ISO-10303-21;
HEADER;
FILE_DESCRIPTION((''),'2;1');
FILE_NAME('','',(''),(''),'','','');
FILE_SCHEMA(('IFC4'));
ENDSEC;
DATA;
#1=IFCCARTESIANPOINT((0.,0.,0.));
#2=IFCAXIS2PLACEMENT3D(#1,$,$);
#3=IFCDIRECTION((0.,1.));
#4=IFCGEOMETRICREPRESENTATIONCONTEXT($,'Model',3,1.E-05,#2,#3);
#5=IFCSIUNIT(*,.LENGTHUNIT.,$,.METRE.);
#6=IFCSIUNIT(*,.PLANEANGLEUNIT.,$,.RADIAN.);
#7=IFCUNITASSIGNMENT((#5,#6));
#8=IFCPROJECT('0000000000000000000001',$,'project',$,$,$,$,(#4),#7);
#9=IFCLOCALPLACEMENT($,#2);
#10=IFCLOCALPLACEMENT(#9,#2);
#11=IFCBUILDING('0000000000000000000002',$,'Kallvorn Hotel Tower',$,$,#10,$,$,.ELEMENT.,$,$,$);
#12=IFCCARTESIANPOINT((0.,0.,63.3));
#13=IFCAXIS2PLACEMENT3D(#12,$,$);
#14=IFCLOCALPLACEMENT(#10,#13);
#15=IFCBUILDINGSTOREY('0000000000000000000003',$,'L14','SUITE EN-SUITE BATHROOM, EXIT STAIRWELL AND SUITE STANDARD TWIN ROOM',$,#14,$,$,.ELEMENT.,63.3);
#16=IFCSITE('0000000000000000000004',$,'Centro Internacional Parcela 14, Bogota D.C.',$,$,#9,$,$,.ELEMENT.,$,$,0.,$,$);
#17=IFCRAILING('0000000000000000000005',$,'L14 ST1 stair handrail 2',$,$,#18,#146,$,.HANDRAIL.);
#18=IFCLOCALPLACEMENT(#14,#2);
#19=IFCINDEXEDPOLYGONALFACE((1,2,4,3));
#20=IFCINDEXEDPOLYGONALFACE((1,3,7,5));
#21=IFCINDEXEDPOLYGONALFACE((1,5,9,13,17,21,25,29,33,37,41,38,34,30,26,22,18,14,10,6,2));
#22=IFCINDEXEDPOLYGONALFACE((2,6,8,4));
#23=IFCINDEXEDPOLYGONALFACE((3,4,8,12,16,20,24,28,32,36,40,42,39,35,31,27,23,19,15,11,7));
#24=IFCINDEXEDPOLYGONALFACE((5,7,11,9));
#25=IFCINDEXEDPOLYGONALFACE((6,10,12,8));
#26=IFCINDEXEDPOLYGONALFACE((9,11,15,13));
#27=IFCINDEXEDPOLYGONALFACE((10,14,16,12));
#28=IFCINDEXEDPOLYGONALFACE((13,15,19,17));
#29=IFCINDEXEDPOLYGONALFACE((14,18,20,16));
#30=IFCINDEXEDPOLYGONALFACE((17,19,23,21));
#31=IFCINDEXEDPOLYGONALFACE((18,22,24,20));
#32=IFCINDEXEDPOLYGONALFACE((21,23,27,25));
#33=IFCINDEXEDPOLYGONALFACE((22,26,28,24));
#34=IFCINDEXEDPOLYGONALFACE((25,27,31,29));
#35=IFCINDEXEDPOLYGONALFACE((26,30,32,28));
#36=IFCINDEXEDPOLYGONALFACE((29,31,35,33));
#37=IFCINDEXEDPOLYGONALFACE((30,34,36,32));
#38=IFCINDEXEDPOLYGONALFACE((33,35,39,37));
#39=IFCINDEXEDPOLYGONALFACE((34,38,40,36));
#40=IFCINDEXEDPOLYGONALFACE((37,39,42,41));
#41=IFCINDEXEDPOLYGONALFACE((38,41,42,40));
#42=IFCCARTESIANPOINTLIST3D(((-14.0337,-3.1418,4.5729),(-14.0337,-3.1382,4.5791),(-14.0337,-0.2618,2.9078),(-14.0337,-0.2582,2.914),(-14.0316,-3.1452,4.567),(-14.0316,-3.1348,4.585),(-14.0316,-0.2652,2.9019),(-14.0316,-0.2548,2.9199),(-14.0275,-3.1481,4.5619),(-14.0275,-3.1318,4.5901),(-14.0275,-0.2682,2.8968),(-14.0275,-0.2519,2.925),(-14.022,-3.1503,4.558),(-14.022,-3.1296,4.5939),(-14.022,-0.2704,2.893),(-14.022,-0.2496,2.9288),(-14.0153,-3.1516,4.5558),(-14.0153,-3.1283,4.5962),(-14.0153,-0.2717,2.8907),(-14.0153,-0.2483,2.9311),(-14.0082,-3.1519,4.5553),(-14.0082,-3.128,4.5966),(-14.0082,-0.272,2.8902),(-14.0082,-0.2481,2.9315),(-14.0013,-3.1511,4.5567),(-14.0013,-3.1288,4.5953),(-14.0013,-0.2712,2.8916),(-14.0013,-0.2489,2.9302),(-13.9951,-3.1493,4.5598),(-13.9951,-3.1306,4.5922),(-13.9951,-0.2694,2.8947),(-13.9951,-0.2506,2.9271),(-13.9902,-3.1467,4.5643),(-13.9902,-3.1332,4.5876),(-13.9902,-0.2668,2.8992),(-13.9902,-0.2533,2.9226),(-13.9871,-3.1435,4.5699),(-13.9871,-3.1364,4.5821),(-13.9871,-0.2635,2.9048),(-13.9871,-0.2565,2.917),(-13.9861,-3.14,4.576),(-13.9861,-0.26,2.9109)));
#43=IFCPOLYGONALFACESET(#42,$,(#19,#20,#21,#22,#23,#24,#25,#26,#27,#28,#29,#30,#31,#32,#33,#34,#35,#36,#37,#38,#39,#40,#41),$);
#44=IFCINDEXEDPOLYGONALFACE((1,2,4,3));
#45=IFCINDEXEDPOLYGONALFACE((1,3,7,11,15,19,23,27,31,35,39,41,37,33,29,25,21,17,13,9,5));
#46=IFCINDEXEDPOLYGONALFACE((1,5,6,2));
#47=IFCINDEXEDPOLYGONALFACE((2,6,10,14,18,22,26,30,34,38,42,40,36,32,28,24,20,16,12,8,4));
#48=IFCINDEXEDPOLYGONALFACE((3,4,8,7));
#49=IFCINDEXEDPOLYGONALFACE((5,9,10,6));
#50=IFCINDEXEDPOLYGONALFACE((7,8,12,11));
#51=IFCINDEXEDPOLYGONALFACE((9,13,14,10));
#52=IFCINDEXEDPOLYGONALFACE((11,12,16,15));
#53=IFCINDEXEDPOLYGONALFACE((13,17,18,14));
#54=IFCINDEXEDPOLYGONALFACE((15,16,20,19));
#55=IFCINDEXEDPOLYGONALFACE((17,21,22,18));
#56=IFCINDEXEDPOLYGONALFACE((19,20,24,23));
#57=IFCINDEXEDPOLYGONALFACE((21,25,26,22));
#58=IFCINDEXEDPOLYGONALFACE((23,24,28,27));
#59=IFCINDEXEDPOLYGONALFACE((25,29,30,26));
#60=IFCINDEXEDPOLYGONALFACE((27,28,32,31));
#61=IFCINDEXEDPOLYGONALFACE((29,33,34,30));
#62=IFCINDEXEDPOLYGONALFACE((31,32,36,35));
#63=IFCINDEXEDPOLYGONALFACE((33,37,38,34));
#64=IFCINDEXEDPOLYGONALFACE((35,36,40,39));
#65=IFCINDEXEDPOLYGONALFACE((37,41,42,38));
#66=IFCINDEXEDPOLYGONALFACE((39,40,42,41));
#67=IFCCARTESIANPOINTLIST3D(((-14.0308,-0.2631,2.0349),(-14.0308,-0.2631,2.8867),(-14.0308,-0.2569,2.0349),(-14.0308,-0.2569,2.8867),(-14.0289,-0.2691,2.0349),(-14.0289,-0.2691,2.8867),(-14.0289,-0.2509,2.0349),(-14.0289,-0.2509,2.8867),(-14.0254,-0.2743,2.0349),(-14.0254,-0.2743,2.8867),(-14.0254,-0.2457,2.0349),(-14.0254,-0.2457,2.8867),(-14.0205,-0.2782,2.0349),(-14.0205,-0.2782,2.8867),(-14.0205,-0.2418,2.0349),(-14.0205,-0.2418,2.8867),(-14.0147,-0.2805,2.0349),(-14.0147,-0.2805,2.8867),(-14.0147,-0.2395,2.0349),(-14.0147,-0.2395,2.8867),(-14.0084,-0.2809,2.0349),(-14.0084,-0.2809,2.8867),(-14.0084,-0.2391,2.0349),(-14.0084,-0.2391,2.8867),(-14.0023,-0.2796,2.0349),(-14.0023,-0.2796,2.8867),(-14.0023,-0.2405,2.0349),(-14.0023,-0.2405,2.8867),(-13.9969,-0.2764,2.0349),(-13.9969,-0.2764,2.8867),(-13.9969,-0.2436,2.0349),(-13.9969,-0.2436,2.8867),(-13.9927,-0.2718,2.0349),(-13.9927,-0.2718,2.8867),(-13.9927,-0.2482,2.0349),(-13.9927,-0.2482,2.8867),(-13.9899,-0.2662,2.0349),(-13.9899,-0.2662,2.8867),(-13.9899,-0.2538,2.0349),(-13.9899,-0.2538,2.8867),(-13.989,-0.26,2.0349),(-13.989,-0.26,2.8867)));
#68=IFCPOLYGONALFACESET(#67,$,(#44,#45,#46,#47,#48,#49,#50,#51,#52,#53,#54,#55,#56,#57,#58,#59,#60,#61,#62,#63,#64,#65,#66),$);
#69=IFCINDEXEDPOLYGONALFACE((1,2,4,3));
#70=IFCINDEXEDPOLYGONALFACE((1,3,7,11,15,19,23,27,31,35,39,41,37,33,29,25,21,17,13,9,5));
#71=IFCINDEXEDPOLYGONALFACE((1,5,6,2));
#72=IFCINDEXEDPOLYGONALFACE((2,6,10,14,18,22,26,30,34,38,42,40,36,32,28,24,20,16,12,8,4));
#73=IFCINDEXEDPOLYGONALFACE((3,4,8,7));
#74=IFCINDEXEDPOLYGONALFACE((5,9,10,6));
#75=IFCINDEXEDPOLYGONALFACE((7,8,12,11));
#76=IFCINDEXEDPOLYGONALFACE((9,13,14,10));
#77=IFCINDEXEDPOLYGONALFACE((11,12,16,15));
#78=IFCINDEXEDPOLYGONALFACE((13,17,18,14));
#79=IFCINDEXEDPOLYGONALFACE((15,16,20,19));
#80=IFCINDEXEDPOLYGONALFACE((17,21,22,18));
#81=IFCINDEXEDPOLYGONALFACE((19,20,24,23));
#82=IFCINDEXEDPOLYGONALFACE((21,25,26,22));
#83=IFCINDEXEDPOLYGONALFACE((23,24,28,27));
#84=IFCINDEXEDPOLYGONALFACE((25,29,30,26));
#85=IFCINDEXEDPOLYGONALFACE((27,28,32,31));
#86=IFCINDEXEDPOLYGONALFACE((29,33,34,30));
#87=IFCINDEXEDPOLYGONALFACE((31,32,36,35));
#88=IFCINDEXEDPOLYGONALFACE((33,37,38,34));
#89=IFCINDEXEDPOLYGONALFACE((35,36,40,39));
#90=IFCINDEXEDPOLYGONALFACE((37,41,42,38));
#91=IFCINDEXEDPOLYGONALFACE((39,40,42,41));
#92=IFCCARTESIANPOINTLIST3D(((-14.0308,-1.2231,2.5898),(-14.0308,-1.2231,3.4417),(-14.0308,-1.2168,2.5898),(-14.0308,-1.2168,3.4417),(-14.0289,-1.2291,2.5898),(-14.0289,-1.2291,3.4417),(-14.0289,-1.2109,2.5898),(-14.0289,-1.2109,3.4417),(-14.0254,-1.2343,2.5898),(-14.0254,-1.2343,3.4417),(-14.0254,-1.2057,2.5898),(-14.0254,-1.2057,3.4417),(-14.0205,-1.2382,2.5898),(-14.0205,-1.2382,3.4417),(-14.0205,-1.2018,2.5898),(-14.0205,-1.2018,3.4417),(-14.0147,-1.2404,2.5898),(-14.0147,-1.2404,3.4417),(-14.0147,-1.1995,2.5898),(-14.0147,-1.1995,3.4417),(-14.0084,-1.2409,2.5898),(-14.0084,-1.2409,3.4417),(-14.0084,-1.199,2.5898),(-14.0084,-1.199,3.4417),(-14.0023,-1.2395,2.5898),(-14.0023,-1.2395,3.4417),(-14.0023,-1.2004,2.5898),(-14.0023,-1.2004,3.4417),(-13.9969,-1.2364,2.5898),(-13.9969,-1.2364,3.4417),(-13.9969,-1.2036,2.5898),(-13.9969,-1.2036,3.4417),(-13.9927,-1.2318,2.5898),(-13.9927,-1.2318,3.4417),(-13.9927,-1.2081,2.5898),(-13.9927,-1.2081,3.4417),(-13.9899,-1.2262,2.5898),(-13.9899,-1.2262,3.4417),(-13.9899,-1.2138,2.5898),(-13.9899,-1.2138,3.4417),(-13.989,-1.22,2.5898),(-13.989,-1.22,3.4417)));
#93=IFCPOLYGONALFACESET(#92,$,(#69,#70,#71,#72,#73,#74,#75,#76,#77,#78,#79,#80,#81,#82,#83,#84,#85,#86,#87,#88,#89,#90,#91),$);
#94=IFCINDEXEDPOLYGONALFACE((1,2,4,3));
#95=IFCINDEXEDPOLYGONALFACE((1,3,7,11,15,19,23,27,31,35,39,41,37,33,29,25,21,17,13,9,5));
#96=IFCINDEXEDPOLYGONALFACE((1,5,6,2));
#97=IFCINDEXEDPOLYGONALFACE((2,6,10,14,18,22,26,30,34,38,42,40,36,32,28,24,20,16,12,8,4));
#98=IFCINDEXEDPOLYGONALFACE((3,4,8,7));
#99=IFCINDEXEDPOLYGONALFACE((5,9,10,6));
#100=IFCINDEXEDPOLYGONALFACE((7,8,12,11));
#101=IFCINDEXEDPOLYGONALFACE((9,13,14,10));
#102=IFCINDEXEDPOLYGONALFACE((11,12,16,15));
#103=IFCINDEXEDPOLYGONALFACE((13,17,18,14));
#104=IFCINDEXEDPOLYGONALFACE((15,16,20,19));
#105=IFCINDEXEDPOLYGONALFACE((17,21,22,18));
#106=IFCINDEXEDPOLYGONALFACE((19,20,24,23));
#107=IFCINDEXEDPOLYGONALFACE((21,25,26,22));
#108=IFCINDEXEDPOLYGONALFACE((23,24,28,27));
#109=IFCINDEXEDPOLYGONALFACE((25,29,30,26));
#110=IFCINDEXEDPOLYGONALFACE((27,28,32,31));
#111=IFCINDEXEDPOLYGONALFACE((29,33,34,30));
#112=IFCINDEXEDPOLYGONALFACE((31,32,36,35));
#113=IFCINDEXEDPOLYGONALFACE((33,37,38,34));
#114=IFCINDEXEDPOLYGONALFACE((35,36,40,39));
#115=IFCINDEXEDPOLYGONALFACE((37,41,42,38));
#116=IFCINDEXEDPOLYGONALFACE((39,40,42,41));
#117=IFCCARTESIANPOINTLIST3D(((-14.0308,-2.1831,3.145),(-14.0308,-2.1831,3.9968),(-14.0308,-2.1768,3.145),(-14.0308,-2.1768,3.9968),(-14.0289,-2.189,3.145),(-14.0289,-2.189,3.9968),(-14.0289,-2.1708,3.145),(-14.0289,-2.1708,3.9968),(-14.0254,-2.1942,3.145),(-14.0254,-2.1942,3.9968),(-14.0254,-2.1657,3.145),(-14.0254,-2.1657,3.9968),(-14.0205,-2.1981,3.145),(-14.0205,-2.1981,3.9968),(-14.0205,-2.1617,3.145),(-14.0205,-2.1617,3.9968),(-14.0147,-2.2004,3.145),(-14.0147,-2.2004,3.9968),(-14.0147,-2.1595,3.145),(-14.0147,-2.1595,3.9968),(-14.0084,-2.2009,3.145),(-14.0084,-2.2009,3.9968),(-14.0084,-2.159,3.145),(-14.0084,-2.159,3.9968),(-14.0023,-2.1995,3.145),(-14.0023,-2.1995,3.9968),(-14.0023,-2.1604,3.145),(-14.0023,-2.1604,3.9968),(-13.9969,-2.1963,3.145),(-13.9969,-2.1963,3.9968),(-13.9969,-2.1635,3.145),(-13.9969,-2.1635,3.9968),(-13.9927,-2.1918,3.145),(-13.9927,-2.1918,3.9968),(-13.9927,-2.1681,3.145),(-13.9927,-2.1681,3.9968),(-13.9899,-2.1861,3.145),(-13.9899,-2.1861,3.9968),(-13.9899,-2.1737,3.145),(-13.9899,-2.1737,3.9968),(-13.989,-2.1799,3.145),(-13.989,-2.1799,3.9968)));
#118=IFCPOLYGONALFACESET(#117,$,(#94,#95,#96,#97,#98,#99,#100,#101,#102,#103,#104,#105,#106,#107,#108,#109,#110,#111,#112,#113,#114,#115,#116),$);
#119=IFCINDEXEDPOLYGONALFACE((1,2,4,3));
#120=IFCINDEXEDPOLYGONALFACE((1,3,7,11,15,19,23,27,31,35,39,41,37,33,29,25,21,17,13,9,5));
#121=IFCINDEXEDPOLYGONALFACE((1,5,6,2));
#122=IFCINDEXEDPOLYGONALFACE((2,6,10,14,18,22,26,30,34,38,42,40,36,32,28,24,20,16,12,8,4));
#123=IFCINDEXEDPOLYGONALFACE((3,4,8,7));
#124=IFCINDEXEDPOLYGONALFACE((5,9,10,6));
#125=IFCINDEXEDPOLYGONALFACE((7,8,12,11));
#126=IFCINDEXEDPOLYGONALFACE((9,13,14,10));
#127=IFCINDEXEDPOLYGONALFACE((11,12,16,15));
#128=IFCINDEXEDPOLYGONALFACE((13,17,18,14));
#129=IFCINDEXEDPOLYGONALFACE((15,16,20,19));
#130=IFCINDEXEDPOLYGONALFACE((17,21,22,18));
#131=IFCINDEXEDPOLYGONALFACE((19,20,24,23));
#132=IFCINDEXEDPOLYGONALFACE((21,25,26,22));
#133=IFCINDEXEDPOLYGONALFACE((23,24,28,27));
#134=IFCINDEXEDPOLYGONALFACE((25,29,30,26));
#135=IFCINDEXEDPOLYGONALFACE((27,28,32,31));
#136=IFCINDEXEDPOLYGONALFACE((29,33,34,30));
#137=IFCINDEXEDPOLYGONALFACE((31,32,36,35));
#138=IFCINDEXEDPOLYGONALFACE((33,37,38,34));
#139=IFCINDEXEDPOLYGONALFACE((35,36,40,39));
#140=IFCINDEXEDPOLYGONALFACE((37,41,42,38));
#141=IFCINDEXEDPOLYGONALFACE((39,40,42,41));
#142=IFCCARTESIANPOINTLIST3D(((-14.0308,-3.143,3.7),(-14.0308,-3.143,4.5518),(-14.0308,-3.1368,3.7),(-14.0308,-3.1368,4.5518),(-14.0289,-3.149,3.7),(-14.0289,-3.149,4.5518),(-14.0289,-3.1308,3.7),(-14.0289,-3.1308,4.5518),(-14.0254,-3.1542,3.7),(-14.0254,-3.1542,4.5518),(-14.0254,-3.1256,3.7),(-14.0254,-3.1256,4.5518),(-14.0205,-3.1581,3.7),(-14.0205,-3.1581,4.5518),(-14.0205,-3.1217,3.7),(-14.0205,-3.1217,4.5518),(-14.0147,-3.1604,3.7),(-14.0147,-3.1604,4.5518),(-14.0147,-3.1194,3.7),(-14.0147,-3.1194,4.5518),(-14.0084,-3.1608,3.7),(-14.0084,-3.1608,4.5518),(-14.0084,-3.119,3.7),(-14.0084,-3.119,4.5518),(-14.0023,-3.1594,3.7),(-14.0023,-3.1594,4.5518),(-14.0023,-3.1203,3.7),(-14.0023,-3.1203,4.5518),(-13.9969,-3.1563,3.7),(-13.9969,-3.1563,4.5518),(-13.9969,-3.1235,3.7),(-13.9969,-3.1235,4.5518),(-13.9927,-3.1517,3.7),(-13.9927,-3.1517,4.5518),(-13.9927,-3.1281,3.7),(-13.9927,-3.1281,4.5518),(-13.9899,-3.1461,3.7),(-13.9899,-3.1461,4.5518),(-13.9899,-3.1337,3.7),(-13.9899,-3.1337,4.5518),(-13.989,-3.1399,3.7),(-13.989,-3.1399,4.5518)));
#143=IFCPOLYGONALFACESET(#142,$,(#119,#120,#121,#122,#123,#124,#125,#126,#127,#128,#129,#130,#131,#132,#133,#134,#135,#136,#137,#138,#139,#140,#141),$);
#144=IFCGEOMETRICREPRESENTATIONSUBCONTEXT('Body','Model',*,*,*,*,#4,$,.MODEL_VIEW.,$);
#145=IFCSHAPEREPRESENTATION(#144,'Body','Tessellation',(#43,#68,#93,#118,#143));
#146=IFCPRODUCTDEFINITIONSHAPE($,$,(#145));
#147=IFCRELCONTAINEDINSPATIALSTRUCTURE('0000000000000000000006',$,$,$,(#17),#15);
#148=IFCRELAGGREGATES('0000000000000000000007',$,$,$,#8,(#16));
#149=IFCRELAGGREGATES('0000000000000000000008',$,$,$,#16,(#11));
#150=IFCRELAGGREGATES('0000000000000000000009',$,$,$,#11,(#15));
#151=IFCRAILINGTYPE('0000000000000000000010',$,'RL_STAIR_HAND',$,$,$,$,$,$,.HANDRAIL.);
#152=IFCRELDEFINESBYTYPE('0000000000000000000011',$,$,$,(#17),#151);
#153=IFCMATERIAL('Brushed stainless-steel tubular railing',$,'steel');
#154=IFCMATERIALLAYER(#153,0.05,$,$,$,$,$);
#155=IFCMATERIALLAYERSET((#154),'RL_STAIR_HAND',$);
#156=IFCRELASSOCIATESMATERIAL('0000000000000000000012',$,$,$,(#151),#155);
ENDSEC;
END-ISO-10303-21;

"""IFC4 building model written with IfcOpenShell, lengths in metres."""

from ifc_helpers import new_model, si_unit, direction, frame, origin, origin_2d, place, context, subcontext, project, spatial, circle, extrude, material, layer, layer_set, type_object, element, save


model = new_model("IFC4")

# Units and contexts
model_context = context("Model", 3, precision=1e-05, world=origin(), true_north=direction((0.0, 1.0)))
body_context = subcontext(model_context, "Body", "Model", "MODEL_VIEW")
ifc_project = project(units=[si_unit("LENGTHUNIT", "METRE"), si_unit("PLANEANGLEUNIT", "RADIAN")], contexts=[model_context])

# Site, building, storey
site_placement = place(None, origin())
site = spatial("IfcSite", under=ifc_project, at=site_placement, Name="Centro Internacional Parcela 14, Bogota D.C.", CompositionType="ELEMENT", RefElevation=0.0)
building_placement = place(site_placement, origin())
building = spatial("IfcBuilding", under=site, at=building_placement, Name="Kallvorn Hotel Tower", CompositionType="ELEMENT")
storey_placement = place(building_placement, frame((0.0, 0.0, 63.3)))
storey = spatial("IfcBuildingStorey", under=building, at=storey_placement, Name="L14", Description="SUITE EN-SUITE BATHROOM, EXIT STAIRWELL AND SUITE STANDARD TWIN ROOM", CompositionType="ELEMENT", Elevation=63.3)

# Railing
ifc_material_1 = material(Name="Brushed stainless-steel tubular railing", Category="steel")
ifc_layer_1 = layer(ifc_material_1, 0.05)
ifc_layer_set_1 = layer_set([ifc_layer_1], Name="RL_STAIR_HAND")
railing_type_1 = type_object("IfcRailingType", Name="RL_STAIR_HAND", PredefinedType="HANDRAIL", material=ifc_layer_set_1)
railing_1_placement = place(storey_placement, frame((-14.01, -0.26, 2.0349)))
element("IfcRailing", 1, at=railing_1_placement, inside=storey, type_object=railing_type_1, Name="L14 ST1 stair handrail 2", PredefinedType="HANDRAIL", context=body_context, shape_type="SweptSolid", body=[
    extrude(circle(Radius=0.0239, at=origin_2d()), frame((0.0, 0.0, 0.876), z_axis=(0.0, -0.865721, 0.500527), x_axis=(1.0, 0.0, 0.0)), (0.0, 0.0, 1.0), 3.3267),
    extrude(circle(Radius=0.021, at=origin_2d()), origin(), (0.0, 0.0, 1.0), 0.8518),
    extrude(circle(Radius=0.021, at=origin_2d()), frame((0.0, -0.96, 0.5549)), (0.0, 0.0, 1.0), 0.8518),
    extrude(circle(Radius=0.021, at=origin_2d()), frame((0.0, -1.9199, 1.1101)), (0.0, 0.0, 1.0), 0.8518),
    extrude(circle(Radius=0.021, at=origin_2d()), frame((0.0, -2.8799, 1.665)), (0.0, 0.0, 1.0), 0.8518),
])

save(model, "model.ifc")
